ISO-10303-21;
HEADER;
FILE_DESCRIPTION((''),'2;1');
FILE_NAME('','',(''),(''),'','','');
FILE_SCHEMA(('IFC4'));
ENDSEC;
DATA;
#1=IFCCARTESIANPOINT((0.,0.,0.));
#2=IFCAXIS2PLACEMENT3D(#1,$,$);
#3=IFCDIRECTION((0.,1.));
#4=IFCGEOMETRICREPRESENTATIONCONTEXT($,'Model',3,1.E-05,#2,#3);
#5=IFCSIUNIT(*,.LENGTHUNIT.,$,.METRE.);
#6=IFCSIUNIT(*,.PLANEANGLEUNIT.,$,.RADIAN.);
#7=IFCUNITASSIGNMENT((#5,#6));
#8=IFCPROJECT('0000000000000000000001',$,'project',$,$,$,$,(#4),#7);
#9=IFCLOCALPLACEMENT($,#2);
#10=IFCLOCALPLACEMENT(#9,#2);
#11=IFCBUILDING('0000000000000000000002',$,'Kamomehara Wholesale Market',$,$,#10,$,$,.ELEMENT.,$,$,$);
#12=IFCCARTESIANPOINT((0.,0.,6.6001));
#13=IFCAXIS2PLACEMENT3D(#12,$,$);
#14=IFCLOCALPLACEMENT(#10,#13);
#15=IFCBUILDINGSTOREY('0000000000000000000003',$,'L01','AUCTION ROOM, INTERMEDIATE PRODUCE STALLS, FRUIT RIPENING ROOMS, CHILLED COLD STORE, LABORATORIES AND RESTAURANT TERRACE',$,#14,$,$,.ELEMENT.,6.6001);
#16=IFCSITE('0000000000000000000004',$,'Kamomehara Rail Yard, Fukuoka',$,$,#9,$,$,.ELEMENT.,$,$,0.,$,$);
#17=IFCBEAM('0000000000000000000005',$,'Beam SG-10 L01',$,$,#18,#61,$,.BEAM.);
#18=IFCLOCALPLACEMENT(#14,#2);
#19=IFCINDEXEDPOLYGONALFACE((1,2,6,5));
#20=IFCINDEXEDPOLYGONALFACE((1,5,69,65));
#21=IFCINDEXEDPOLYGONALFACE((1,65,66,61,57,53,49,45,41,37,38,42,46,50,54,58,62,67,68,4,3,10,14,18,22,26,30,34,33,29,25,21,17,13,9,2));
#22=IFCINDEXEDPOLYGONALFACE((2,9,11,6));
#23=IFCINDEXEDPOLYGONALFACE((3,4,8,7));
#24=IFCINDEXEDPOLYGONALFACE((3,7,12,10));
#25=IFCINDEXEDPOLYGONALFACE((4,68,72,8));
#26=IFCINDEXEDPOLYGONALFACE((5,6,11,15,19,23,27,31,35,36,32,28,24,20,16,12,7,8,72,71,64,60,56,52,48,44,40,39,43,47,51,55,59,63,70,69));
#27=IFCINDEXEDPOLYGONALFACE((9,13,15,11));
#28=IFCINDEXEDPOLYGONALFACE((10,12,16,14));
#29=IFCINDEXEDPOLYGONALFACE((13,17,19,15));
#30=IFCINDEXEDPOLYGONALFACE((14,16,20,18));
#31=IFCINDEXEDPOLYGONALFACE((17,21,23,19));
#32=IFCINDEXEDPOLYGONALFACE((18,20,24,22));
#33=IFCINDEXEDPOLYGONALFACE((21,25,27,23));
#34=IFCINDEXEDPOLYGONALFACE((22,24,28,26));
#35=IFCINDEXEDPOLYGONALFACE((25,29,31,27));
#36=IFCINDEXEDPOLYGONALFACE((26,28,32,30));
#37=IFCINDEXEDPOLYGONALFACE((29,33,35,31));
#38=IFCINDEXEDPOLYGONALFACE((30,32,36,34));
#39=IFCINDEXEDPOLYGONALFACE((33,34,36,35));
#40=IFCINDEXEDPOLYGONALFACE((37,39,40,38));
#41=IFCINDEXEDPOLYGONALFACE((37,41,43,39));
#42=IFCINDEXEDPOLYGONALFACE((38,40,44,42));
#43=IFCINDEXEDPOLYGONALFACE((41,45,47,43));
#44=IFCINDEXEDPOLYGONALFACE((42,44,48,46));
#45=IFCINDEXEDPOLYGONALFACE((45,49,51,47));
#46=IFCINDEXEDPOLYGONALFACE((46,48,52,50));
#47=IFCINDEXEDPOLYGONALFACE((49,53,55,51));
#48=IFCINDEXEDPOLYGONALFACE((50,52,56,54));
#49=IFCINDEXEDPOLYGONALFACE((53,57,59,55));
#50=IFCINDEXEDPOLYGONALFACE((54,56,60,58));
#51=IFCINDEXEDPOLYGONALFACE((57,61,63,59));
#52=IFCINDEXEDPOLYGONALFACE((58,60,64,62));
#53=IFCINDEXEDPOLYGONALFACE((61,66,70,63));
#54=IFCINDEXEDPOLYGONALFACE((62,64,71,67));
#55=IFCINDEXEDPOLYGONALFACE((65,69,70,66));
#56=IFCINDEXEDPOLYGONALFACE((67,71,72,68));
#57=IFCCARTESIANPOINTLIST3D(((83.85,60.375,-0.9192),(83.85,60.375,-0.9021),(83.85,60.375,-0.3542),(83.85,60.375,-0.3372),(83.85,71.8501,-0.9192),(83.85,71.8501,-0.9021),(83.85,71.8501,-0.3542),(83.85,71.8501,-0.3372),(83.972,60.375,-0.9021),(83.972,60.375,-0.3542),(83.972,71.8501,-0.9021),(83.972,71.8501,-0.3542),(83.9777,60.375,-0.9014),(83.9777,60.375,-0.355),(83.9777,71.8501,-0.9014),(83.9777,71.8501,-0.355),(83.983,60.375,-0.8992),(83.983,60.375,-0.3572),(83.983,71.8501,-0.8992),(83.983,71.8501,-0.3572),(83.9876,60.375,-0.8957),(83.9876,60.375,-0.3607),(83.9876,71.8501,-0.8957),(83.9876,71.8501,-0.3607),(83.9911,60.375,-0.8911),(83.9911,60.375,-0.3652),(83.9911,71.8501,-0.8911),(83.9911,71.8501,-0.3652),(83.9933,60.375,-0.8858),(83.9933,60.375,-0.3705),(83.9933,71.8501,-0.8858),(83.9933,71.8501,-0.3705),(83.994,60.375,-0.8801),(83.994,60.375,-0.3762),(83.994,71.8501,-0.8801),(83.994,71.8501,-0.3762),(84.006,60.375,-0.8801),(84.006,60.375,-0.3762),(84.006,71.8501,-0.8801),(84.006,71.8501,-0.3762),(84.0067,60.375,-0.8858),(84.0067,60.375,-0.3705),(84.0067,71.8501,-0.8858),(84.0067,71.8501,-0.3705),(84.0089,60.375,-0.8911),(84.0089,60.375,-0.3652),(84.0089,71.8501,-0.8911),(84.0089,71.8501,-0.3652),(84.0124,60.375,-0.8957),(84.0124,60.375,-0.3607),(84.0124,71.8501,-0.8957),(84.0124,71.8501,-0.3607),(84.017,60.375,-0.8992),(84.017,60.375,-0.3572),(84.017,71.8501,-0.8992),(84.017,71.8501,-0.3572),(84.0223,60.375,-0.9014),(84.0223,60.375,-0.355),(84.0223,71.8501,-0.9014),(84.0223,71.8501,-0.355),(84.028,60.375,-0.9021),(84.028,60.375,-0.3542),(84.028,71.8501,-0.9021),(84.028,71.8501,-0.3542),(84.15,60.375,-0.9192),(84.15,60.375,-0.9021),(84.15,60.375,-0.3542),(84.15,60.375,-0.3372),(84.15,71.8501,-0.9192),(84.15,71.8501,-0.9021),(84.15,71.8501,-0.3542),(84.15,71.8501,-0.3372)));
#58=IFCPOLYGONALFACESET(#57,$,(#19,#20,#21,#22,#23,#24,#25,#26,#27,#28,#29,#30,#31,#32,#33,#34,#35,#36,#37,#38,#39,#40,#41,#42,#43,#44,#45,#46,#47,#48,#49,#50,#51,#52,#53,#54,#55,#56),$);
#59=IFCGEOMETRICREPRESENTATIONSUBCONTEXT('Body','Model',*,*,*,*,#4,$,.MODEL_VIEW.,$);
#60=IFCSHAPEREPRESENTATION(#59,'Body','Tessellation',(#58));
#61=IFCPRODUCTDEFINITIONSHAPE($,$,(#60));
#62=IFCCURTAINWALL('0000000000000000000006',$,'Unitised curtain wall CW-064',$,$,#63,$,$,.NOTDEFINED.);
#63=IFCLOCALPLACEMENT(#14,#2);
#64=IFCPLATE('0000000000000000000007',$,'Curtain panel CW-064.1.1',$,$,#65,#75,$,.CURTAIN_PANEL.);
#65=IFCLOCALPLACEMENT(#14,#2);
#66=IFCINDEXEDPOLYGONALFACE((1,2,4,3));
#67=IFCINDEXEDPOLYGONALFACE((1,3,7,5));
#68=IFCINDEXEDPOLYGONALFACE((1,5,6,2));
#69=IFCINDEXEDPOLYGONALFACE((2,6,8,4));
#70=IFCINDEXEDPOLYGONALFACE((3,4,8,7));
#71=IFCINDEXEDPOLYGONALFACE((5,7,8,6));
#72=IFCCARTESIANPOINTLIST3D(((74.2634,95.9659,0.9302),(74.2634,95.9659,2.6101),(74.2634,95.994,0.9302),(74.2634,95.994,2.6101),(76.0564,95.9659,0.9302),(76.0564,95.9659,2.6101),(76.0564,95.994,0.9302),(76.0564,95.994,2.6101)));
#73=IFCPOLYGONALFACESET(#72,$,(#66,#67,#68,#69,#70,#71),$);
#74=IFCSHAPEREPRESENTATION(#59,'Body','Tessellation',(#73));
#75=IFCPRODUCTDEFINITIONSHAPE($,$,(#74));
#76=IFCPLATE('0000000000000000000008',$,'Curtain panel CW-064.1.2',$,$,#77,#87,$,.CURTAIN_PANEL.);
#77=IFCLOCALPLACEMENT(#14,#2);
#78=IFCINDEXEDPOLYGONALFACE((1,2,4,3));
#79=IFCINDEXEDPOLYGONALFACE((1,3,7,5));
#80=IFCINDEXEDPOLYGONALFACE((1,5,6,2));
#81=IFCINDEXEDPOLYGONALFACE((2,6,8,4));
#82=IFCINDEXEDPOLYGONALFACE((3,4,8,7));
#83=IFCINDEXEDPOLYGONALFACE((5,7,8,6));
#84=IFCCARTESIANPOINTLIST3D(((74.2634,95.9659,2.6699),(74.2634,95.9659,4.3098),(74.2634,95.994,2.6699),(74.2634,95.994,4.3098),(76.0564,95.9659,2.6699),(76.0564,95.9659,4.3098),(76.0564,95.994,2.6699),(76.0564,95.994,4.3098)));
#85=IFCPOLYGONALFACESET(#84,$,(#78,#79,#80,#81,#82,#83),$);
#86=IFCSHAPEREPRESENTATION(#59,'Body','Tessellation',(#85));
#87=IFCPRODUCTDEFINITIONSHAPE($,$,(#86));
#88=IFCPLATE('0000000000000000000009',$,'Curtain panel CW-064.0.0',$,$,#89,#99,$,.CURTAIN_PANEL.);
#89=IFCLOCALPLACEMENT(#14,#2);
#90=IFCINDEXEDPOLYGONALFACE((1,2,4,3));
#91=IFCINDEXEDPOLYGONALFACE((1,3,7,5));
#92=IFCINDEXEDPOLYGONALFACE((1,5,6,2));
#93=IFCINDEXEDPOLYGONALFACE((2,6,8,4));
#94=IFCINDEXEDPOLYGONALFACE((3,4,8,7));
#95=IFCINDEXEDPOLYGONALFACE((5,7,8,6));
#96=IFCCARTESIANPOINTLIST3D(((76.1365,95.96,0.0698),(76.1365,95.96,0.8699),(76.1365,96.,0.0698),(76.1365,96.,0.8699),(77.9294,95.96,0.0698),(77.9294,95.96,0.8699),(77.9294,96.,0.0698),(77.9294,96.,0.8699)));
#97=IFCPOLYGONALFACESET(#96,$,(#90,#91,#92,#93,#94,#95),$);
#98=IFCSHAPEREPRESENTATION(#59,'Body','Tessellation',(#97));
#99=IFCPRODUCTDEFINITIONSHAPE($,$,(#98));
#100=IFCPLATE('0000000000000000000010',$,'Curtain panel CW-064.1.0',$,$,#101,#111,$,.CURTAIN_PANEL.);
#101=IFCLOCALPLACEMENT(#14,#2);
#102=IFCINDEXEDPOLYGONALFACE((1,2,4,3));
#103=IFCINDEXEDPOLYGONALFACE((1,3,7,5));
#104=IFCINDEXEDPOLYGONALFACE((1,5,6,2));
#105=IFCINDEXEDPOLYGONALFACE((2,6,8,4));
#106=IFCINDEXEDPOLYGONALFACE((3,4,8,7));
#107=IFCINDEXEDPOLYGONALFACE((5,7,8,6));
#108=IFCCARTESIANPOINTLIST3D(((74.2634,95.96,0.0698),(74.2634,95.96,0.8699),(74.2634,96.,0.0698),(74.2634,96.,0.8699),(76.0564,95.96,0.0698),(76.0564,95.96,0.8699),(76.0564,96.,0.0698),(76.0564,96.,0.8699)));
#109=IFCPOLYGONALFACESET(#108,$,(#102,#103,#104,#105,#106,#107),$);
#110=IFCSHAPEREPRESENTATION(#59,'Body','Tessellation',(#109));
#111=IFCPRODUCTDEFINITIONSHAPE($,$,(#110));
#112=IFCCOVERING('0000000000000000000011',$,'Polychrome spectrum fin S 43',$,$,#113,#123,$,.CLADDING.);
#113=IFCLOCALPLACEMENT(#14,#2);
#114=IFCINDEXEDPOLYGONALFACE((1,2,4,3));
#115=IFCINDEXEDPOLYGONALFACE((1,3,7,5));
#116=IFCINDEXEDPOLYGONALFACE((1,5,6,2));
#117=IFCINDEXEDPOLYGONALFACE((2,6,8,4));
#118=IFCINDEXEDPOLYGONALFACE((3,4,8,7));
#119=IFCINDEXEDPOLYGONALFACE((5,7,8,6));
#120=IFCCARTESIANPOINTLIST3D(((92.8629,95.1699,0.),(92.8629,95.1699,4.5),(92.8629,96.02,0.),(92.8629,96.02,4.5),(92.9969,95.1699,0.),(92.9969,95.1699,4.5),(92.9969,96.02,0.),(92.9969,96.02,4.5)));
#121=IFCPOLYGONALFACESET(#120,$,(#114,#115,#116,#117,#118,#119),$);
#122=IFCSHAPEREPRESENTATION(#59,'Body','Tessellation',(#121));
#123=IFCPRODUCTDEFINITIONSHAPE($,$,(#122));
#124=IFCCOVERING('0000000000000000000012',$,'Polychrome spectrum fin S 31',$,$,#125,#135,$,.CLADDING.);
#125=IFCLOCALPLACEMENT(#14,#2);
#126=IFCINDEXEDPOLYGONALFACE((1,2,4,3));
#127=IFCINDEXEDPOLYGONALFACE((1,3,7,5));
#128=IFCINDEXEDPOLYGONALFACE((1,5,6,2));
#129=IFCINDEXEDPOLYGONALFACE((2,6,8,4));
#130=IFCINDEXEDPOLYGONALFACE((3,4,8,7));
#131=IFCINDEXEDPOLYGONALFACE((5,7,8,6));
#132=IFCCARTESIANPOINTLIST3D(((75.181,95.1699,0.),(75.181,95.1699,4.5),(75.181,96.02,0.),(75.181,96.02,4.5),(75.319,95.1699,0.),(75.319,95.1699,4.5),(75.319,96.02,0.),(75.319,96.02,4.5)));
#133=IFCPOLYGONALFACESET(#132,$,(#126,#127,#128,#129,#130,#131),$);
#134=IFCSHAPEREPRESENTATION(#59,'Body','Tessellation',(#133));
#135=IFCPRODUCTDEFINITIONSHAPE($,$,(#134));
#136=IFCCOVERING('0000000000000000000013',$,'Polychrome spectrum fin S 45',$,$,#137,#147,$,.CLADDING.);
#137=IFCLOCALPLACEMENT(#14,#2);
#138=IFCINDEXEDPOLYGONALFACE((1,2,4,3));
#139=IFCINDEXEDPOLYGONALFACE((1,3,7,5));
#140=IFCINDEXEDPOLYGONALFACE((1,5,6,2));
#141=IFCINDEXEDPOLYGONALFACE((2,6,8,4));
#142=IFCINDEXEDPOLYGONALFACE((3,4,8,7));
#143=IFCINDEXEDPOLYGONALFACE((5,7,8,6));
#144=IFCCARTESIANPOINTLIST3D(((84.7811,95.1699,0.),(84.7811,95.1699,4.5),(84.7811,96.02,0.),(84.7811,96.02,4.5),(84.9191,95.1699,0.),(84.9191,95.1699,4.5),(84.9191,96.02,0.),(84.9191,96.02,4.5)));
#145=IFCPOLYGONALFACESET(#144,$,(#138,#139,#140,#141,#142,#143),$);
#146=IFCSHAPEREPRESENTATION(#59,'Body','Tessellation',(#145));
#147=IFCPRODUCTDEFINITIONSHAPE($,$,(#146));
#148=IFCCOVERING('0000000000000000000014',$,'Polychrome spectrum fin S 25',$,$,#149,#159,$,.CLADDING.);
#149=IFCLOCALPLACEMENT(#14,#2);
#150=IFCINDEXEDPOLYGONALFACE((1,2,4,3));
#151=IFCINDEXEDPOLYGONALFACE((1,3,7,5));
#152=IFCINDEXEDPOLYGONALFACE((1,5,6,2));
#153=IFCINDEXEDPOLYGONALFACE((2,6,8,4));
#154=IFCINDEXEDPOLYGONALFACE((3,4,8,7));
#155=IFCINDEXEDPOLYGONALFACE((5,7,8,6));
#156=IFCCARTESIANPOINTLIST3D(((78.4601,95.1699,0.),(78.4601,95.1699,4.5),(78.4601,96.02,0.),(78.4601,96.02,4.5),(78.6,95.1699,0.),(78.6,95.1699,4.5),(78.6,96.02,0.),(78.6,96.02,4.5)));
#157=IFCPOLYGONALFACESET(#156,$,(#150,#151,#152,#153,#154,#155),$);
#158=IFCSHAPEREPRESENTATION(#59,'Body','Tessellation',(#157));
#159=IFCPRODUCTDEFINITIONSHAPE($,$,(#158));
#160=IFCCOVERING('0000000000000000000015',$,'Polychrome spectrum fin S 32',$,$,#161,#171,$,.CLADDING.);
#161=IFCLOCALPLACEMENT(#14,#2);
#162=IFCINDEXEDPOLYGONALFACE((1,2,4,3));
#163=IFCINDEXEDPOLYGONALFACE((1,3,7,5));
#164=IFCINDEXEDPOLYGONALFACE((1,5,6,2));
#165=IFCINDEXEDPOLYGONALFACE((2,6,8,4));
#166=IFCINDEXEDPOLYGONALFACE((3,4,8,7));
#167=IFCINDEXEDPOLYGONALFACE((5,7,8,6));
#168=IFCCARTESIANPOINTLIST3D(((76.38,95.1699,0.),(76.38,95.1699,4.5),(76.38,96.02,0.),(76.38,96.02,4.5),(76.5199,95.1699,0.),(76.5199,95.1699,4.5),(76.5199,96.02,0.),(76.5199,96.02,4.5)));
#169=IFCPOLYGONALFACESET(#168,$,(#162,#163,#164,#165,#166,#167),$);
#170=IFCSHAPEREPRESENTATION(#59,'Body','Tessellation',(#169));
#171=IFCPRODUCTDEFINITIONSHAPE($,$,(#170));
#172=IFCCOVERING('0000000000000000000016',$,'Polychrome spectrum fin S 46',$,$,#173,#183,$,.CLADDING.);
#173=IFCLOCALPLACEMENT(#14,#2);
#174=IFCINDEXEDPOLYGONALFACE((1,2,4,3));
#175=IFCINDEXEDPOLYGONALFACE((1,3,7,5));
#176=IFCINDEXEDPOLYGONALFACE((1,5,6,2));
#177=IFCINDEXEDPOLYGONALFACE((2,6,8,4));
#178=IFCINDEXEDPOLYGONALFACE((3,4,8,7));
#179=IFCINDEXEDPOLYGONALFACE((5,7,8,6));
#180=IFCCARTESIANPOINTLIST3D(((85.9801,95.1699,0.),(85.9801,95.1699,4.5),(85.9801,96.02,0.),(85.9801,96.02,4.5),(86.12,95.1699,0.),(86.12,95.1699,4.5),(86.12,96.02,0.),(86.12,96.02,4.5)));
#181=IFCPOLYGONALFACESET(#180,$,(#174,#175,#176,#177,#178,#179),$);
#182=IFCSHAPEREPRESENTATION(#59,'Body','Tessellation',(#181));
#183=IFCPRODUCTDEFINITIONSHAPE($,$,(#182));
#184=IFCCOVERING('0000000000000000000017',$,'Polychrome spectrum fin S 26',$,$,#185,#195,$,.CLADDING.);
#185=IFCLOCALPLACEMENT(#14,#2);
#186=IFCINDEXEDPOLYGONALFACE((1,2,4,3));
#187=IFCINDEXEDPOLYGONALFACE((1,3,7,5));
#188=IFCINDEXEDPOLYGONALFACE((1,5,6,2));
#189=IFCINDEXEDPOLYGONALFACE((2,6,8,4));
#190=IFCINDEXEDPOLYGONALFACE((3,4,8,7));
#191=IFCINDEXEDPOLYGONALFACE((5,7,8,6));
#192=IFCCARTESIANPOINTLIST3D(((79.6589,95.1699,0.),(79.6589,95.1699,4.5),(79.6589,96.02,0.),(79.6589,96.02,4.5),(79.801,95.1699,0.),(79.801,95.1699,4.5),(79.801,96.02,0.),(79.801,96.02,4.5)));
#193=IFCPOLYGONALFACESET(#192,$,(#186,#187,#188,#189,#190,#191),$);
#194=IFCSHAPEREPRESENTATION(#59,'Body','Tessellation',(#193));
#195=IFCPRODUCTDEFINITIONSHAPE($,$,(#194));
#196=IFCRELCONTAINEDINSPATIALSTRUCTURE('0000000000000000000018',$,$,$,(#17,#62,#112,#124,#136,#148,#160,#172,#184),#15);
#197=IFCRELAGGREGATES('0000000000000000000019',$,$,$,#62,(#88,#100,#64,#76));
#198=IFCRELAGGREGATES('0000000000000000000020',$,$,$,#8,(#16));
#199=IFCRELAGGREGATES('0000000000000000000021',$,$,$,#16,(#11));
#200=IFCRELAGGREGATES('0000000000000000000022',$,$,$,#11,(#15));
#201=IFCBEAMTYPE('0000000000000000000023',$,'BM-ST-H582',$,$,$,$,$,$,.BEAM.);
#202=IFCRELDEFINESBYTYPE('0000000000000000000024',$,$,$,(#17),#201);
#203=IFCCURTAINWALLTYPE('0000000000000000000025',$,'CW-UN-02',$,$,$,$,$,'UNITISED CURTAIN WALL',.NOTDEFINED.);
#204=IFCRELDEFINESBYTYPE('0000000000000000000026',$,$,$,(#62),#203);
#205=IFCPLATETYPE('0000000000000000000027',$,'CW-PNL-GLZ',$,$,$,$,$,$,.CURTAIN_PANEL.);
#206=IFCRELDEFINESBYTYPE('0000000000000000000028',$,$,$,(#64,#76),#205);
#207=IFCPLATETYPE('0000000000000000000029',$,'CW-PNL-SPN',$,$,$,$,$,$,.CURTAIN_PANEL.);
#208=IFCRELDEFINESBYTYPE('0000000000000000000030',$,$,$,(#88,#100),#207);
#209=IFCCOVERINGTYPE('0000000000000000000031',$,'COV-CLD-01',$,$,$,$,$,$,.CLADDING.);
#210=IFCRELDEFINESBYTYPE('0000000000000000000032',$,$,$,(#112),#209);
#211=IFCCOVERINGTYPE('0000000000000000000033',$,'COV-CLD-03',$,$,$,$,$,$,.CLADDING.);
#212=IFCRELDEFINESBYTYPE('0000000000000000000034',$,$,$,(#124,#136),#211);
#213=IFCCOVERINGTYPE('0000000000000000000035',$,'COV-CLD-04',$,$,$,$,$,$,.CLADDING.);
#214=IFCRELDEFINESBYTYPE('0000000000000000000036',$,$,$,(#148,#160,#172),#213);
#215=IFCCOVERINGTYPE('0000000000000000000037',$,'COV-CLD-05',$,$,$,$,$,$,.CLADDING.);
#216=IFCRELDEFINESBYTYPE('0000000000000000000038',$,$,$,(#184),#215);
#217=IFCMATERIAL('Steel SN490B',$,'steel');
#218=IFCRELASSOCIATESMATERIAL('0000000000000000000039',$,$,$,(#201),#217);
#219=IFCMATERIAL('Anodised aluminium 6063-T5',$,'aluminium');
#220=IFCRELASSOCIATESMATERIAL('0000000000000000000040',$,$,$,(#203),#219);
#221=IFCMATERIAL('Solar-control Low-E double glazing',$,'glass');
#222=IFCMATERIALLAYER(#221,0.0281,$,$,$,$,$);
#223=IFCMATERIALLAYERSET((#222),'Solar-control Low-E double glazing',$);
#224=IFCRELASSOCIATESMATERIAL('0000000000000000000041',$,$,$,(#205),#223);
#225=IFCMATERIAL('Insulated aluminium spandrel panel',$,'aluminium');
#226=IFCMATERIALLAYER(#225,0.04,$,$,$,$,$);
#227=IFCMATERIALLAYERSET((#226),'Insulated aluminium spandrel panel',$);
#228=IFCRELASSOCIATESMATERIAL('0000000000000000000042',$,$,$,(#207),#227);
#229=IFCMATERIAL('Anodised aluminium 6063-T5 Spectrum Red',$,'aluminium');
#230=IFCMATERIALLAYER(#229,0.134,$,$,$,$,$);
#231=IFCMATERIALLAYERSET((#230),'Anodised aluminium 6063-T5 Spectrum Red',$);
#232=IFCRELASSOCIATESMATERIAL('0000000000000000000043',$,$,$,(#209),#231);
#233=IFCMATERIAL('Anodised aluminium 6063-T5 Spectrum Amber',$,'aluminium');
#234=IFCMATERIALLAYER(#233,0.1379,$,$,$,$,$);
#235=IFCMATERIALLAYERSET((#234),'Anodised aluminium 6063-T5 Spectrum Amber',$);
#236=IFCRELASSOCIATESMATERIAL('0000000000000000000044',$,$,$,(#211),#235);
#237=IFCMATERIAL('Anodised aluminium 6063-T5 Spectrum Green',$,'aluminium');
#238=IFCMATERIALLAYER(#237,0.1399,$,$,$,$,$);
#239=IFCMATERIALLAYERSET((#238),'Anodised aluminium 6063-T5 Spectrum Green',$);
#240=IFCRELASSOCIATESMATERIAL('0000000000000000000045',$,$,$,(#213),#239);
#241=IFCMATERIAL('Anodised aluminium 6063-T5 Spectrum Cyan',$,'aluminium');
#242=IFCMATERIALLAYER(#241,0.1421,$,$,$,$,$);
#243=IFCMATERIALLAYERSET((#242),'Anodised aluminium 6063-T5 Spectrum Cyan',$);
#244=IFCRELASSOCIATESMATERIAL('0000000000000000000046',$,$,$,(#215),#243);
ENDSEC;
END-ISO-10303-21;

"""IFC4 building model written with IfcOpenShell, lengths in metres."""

from ifc_helpers import new_model, si_unit, direction, frame, origin, origin_2d, place, context, subcontext, project, spatial, rectangle, i_section, extrude, material, layer, layer_set, material_profile, profile_set, type_object, element, aggregate, save


model = new_model("IFC4")

# Units and contexts
model_context = context("Model", 3, precision=1e-05, world=origin(), true_north=direction((0.0, 1.0)))
body_context = subcontext(model_context, "Body", "Model", "MODEL_VIEW")
ifc_project = project(units=[si_unit("LENGTHUNIT", "METRE"), si_unit("PLANEANGLEUNIT", "RADIAN")], contexts=[model_context])

# Site, building, storey
site_placement = place(None, origin())
site = spatial("IfcSite", under=ifc_project, at=site_placement, Name="Kamomehara Rail Yard, Fukuoka", CompositionType="ELEMENT", RefElevation=0.0)
building_placement = place(site_placement, origin())
building = spatial("IfcBuilding", under=site, at=building_placement, Name="Kamomehara Wholesale Market", CompositionType="ELEMENT")
storey_placement = place(building_placement, frame((0.0, 0.0, 6.6001)))
storey = spatial("IfcBuildingStorey", under=building, at=storey_placement, Name="L01", Description="AUCTION ROOM, INTERMEDIATE PRODUCE STALLS, FRUIT RIPENING ROOMS, CHILLED COLD STORE, LABORATORIES AND RESTAURANT TERRACE", CompositionType="ELEMENT", Elevation=6.6001)

# Beam
ifc_material_1 = material(Name="Steel SN490B", Category="steel")
ifc_material_profile_1 = material_profile(ifc_material_1, i_section(OverallWidth=0.3, OverallDepth=0.582, WebThickness=0.012, FlangeThickness=0.0171, FilletRadius=0.022, at=origin_2d()), Name="H-582x300x12x17")
ifc_profile_set_1 = profile_set([ifc_material_profile_1], Name="Steel SN490B")
beam_type_1 = type_object("IfcBeamType", Name="BM-ST-H582", PredefinedType="BEAM", material=ifc_profile_set_1)
beam_1_placement = place(storey_placement, frame((84.0, 60.375, -0.6282), z_axis=(0.0, 1.0, 0.0), x_axis=(-1.0, 0.0, 0.0)))
element("IfcBeam", 1, at=beam_1_placement, inside=storey, type_object=beam_type_1, Name="Beam SG-10 L01", PredefinedType="BEAM", context=body_context, shape_type="SweptSolid", body=[
    extrude(i_section(OverallWidth=0.3, OverallDepth=0.582, WebThickness=0.012, FlangeThickness=0.0171, FilletRadius=0.022, at=origin_2d()), origin(), (0.0, 0.0, 1.0), 11.4751),
])

# Curtain wall, plates
ifc_material_2 = material(Name="Anodised aluminium 6063-T5", Category="aluminium")
curtain_wall_type = type_object("IfcCurtainWallType", Name="CW-UN-02", ElementType="UNITISED CURTAIN WALL", PredefinedType="NOTDEFINED", material=ifc_material_2)
curtain_wall_placement = place(storey_placement, origin())
curtain_wall = element("IfcCurtainWall", 2, at=curtain_wall_placement, inside=storey, type_object=curtain_wall_type, Name="Unitised curtain wall CW-064", PredefinedType="NOTDEFINED")
ifc_material_3 = material(Name="Solar-control Low-E double glazing", Category="glass")
ifc_layer_1 = layer(ifc_material_3, 0.0281)
ifc_layer_set_1 = layer_set([ifc_layer_1], Name="Solar-control Low-E double glazing")
plate_type_1 = type_object("IfcPlateType", Name="CW-PNL-GLZ", PredefinedType="CURTAIN_PANEL", material=ifc_layer_set_1)
plate_1_placement = place(storey_placement, frame((75.1599, 95.98, 0.9302), z_axis=(0.0, 0.0, 1.0), x_axis=(-1.0, 0.0, 0.0)))
plate_1 = element("IfcPlate", 3, at=plate_1_placement, type_object=plate_type_1, Name="Curtain panel CW-064.1.1", PredefinedType="CURTAIN_PANEL", context=body_context, shape_type="SweptSolid", body=[
    extrude(rectangle(XDim=1.793, YDim=0.0281, at=origin_2d()), origin(), (0.0, 0.0, 1.0), 1.6799),
])
plate_2_placement = place(storey_placement, frame((75.1599, 95.98, 2.6699), z_axis=(0.0, 0.0, 1.0), x_axis=(-1.0, 0.0, 0.0)))
plate_2 = element("IfcPlate", 4, at=plate_2_placement, type_object=plate_type_1, Name="Curtain panel CW-064.1.2", PredefinedType="CURTAIN_PANEL", context=body_context, shape_type="SweptSolid", body=[
    extrude(rectangle(XDim=1.793, YDim=0.0281, at=origin_2d()), origin(), (0.0, 0.0, 1.0), 1.6399),
])
ifc_material_4 = material(Name="Insulated aluminium spandrel panel", Category="aluminium")
ifc_layer_2 = layer(ifc_material_4, 0.04)
ifc_layer_set_2 = layer_set([ifc_layer_2], Name="Insulated aluminium spandrel panel")
plate_type_2 = type_object("IfcPlateType", Name="CW-PNL-SPN", PredefinedType="CURTAIN_PANEL", material=ifc_layer_set_2)
plate_3_placement = place(storey_placement, frame((77.033, 95.98, 0.0698), z_axis=(0.0, 0.0, 1.0), x_axis=(-1.0, 0.0, 0.0)))
plate_3 = element("IfcPlate", 5, at=plate_3_placement, type_object=plate_type_2, Name="Curtain panel CW-064.0.0", PredefinedType="CURTAIN_PANEL", context=body_context, shape_type="SweptSolid", body=[
    extrude(rectangle(XDim=1.793, YDim=0.04, at=origin_2d()), origin(), (0.0, 0.0, 1.0), 0.8),
])
plate_4_placement = place(storey_placement, frame((75.1599, 95.98, 0.0698), z_axis=(0.0, 0.0, 1.0), x_axis=(-1.0, 0.0, 0.0)))
plate_4 = element("IfcPlate", 6, at=plate_4_placement, type_object=plate_type_2, Name="Curtain panel CW-064.1.0", PredefinedType="CURTAIN_PANEL", context=body_context, shape_type="SweptSolid", body=[
    extrude(rectangle(XDim=1.793, YDim=0.04, at=origin_2d()), origin(), (0.0, 0.0, 1.0), 0.8),
])
aggregate(curtain_wall, [plate_3, plate_4, plate_1, plate_2])

# Coverings
ifc_material_5 = material(Name="Anodised aluminium 6063-T5 Spectrum Red", Category="aluminium")
ifc_layer_3 = layer(ifc_material_5, 0.134)
ifc_layer_set_3 = layer_set([ifc_layer_3], Name="Anodised aluminium 6063-T5 Spectrum Red")
covering_type_1 = type_object("IfcCoveringType", Name="COV-CLD-01", PredefinedType="CLADDING", material=ifc_layer_set_3)
covering_placement = place(storey_placement, frame((92.9299, 95.595, 0.0), z_axis=(0.0, 0.0, 1.0), x_axis=(1.0, 0.0, 0.0)))
element("IfcCovering", 7, at=covering_placement, inside=storey, type_object=covering_type_1, Name="Polychrome spectrum fin S 43", PredefinedType="CLADDING", context=body_context, shape_type="SweptSolid", body=[
    extrude(rectangle(XDim=0.134, YDim=0.8501, at=origin_2d()), origin(), (0.0, 0.0, 1.0), 4.5),
])
ifc_material_6 = material(Name="Anodised aluminium 6063-T5 Spectrum Amber", Category="aluminium")
ifc_layer_4 = layer(ifc_material_6, 0.1379)
ifc_layer_set_4 = layer_set([ifc_layer_4], Name="Anodised aluminium 6063-T5 Spectrum Amber")
covering_type_2 = type_object("IfcCoveringType", Name="COV-CLD-03", PredefinedType="CLADDING", material=ifc_layer_set_4)
for number, where, z_axis, x_axis, name in (
    (8, (75.25, 95.595, 0.0), (0.0, 0.0, 1.0), (1.0, 0.0, 0.0), "Polychrome spectrum fin S 31"),
    (9, (84.8501, 95.595, 0.0), (0.0, 0.0, 1.0), (1.0, 0.0, 0.0), "Polychrome spectrum fin S 45"),
):
    element("IfcCovering", number, at=place(storey_placement, frame(where, z_axis=z_axis, x_axis=x_axis)), inside=storey, type_object=covering_type_2, Name=name, PredefinedType="CLADDING", context=body_context, shape_type="SweptSolid", body=[
        extrude(rectangle(XDim=0.1379, YDim=0.8501, at=origin_2d()), origin(), (0.0, 0.0, 1.0), 4.5),
    ])
ifc_material_7 = material(Name="Anodised aluminium 6063-T5 Spectrum Green", Category="aluminium")
ifc_layer_5 = layer(ifc_material_7, 0.1399)
ifc_layer_set_5 = layer_set([ifc_layer_5], Name="Anodised aluminium 6063-T5 Spectrum Green")
covering_type_3 = type_object("IfcCoveringType", Name="COV-CLD-04", PredefinedType="CLADDING", material=ifc_layer_set_5)
for number, where, z_axis, x_axis, name in (
    (10, (78.53, 95.595, 0.0), (0.0, 0.0, 1.0), (1.0, 0.0, 0.0), "Polychrome spectrum fin S 25"),
    (11, (76.45, 95.595, 0.0), (0.0, 0.0, 1.0), (1.0, 0.0, 0.0), "Polychrome spectrum fin S 32"),
    (12, (86.05, 95.595, 0.0), (0.0, 0.0, 1.0), (1.0, 0.0, 0.0), "Polychrome spectrum fin S 46"),
):
    element("IfcCovering", number, at=place(storey_placement, frame(where, z_axis=z_axis, x_axis=x_axis)), inside=storey, type_object=covering_type_3, Name=name, PredefinedType="CLADDING", context=body_context, shape_type="SweptSolid", body=[
        extrude(rectangle(XDim=0.1399, YDim=0.8501, at=origin_2d()), origin(), (0.0, 0.0, 1.0), 4.5),
    ])
ifc_material_8 = material(Name="Anodised aluminium 6063-T5 Spectrum Cyan", Category="aluminium")
ifc_layer_6 = layer(ifc_material_8, 0.1421)
ifc_layer_set_6 = layer_set([ifc_layer_6], Name="Anodised aluminium 6063-T5 Spectrum Cyan")
covering_type_4 = type_object("IfcCoveringType", Name="COV-CLD-05", PredefinedType="CLADDING", material=ifc_layer_set_6)
for number, where, z_axis, x_axis, name in (
    (13, (79.73, 95.595, 0.0), (0.0, 0.0, 1.0), (1.0, 0.0, 0.0), "Polychrome spectrum fin S 26"),
):
    element("IfcCovering", number, at=place(storey_placement, frame(where, z_axis=z_axis, x_axis=x_axis)), inside=storey, type_object=covering_type_4, Name=name, PredefinedType="CLADDING", context=body_context, shape_type="SweptSolid", body=[
        extrude(rectangle(XDim=0.1421, YDim=0.8501, at=origin_2d()), origin(), (0.0, 0.0, 1.0), 4.5),
    ])

save(model, "model.ifc")
